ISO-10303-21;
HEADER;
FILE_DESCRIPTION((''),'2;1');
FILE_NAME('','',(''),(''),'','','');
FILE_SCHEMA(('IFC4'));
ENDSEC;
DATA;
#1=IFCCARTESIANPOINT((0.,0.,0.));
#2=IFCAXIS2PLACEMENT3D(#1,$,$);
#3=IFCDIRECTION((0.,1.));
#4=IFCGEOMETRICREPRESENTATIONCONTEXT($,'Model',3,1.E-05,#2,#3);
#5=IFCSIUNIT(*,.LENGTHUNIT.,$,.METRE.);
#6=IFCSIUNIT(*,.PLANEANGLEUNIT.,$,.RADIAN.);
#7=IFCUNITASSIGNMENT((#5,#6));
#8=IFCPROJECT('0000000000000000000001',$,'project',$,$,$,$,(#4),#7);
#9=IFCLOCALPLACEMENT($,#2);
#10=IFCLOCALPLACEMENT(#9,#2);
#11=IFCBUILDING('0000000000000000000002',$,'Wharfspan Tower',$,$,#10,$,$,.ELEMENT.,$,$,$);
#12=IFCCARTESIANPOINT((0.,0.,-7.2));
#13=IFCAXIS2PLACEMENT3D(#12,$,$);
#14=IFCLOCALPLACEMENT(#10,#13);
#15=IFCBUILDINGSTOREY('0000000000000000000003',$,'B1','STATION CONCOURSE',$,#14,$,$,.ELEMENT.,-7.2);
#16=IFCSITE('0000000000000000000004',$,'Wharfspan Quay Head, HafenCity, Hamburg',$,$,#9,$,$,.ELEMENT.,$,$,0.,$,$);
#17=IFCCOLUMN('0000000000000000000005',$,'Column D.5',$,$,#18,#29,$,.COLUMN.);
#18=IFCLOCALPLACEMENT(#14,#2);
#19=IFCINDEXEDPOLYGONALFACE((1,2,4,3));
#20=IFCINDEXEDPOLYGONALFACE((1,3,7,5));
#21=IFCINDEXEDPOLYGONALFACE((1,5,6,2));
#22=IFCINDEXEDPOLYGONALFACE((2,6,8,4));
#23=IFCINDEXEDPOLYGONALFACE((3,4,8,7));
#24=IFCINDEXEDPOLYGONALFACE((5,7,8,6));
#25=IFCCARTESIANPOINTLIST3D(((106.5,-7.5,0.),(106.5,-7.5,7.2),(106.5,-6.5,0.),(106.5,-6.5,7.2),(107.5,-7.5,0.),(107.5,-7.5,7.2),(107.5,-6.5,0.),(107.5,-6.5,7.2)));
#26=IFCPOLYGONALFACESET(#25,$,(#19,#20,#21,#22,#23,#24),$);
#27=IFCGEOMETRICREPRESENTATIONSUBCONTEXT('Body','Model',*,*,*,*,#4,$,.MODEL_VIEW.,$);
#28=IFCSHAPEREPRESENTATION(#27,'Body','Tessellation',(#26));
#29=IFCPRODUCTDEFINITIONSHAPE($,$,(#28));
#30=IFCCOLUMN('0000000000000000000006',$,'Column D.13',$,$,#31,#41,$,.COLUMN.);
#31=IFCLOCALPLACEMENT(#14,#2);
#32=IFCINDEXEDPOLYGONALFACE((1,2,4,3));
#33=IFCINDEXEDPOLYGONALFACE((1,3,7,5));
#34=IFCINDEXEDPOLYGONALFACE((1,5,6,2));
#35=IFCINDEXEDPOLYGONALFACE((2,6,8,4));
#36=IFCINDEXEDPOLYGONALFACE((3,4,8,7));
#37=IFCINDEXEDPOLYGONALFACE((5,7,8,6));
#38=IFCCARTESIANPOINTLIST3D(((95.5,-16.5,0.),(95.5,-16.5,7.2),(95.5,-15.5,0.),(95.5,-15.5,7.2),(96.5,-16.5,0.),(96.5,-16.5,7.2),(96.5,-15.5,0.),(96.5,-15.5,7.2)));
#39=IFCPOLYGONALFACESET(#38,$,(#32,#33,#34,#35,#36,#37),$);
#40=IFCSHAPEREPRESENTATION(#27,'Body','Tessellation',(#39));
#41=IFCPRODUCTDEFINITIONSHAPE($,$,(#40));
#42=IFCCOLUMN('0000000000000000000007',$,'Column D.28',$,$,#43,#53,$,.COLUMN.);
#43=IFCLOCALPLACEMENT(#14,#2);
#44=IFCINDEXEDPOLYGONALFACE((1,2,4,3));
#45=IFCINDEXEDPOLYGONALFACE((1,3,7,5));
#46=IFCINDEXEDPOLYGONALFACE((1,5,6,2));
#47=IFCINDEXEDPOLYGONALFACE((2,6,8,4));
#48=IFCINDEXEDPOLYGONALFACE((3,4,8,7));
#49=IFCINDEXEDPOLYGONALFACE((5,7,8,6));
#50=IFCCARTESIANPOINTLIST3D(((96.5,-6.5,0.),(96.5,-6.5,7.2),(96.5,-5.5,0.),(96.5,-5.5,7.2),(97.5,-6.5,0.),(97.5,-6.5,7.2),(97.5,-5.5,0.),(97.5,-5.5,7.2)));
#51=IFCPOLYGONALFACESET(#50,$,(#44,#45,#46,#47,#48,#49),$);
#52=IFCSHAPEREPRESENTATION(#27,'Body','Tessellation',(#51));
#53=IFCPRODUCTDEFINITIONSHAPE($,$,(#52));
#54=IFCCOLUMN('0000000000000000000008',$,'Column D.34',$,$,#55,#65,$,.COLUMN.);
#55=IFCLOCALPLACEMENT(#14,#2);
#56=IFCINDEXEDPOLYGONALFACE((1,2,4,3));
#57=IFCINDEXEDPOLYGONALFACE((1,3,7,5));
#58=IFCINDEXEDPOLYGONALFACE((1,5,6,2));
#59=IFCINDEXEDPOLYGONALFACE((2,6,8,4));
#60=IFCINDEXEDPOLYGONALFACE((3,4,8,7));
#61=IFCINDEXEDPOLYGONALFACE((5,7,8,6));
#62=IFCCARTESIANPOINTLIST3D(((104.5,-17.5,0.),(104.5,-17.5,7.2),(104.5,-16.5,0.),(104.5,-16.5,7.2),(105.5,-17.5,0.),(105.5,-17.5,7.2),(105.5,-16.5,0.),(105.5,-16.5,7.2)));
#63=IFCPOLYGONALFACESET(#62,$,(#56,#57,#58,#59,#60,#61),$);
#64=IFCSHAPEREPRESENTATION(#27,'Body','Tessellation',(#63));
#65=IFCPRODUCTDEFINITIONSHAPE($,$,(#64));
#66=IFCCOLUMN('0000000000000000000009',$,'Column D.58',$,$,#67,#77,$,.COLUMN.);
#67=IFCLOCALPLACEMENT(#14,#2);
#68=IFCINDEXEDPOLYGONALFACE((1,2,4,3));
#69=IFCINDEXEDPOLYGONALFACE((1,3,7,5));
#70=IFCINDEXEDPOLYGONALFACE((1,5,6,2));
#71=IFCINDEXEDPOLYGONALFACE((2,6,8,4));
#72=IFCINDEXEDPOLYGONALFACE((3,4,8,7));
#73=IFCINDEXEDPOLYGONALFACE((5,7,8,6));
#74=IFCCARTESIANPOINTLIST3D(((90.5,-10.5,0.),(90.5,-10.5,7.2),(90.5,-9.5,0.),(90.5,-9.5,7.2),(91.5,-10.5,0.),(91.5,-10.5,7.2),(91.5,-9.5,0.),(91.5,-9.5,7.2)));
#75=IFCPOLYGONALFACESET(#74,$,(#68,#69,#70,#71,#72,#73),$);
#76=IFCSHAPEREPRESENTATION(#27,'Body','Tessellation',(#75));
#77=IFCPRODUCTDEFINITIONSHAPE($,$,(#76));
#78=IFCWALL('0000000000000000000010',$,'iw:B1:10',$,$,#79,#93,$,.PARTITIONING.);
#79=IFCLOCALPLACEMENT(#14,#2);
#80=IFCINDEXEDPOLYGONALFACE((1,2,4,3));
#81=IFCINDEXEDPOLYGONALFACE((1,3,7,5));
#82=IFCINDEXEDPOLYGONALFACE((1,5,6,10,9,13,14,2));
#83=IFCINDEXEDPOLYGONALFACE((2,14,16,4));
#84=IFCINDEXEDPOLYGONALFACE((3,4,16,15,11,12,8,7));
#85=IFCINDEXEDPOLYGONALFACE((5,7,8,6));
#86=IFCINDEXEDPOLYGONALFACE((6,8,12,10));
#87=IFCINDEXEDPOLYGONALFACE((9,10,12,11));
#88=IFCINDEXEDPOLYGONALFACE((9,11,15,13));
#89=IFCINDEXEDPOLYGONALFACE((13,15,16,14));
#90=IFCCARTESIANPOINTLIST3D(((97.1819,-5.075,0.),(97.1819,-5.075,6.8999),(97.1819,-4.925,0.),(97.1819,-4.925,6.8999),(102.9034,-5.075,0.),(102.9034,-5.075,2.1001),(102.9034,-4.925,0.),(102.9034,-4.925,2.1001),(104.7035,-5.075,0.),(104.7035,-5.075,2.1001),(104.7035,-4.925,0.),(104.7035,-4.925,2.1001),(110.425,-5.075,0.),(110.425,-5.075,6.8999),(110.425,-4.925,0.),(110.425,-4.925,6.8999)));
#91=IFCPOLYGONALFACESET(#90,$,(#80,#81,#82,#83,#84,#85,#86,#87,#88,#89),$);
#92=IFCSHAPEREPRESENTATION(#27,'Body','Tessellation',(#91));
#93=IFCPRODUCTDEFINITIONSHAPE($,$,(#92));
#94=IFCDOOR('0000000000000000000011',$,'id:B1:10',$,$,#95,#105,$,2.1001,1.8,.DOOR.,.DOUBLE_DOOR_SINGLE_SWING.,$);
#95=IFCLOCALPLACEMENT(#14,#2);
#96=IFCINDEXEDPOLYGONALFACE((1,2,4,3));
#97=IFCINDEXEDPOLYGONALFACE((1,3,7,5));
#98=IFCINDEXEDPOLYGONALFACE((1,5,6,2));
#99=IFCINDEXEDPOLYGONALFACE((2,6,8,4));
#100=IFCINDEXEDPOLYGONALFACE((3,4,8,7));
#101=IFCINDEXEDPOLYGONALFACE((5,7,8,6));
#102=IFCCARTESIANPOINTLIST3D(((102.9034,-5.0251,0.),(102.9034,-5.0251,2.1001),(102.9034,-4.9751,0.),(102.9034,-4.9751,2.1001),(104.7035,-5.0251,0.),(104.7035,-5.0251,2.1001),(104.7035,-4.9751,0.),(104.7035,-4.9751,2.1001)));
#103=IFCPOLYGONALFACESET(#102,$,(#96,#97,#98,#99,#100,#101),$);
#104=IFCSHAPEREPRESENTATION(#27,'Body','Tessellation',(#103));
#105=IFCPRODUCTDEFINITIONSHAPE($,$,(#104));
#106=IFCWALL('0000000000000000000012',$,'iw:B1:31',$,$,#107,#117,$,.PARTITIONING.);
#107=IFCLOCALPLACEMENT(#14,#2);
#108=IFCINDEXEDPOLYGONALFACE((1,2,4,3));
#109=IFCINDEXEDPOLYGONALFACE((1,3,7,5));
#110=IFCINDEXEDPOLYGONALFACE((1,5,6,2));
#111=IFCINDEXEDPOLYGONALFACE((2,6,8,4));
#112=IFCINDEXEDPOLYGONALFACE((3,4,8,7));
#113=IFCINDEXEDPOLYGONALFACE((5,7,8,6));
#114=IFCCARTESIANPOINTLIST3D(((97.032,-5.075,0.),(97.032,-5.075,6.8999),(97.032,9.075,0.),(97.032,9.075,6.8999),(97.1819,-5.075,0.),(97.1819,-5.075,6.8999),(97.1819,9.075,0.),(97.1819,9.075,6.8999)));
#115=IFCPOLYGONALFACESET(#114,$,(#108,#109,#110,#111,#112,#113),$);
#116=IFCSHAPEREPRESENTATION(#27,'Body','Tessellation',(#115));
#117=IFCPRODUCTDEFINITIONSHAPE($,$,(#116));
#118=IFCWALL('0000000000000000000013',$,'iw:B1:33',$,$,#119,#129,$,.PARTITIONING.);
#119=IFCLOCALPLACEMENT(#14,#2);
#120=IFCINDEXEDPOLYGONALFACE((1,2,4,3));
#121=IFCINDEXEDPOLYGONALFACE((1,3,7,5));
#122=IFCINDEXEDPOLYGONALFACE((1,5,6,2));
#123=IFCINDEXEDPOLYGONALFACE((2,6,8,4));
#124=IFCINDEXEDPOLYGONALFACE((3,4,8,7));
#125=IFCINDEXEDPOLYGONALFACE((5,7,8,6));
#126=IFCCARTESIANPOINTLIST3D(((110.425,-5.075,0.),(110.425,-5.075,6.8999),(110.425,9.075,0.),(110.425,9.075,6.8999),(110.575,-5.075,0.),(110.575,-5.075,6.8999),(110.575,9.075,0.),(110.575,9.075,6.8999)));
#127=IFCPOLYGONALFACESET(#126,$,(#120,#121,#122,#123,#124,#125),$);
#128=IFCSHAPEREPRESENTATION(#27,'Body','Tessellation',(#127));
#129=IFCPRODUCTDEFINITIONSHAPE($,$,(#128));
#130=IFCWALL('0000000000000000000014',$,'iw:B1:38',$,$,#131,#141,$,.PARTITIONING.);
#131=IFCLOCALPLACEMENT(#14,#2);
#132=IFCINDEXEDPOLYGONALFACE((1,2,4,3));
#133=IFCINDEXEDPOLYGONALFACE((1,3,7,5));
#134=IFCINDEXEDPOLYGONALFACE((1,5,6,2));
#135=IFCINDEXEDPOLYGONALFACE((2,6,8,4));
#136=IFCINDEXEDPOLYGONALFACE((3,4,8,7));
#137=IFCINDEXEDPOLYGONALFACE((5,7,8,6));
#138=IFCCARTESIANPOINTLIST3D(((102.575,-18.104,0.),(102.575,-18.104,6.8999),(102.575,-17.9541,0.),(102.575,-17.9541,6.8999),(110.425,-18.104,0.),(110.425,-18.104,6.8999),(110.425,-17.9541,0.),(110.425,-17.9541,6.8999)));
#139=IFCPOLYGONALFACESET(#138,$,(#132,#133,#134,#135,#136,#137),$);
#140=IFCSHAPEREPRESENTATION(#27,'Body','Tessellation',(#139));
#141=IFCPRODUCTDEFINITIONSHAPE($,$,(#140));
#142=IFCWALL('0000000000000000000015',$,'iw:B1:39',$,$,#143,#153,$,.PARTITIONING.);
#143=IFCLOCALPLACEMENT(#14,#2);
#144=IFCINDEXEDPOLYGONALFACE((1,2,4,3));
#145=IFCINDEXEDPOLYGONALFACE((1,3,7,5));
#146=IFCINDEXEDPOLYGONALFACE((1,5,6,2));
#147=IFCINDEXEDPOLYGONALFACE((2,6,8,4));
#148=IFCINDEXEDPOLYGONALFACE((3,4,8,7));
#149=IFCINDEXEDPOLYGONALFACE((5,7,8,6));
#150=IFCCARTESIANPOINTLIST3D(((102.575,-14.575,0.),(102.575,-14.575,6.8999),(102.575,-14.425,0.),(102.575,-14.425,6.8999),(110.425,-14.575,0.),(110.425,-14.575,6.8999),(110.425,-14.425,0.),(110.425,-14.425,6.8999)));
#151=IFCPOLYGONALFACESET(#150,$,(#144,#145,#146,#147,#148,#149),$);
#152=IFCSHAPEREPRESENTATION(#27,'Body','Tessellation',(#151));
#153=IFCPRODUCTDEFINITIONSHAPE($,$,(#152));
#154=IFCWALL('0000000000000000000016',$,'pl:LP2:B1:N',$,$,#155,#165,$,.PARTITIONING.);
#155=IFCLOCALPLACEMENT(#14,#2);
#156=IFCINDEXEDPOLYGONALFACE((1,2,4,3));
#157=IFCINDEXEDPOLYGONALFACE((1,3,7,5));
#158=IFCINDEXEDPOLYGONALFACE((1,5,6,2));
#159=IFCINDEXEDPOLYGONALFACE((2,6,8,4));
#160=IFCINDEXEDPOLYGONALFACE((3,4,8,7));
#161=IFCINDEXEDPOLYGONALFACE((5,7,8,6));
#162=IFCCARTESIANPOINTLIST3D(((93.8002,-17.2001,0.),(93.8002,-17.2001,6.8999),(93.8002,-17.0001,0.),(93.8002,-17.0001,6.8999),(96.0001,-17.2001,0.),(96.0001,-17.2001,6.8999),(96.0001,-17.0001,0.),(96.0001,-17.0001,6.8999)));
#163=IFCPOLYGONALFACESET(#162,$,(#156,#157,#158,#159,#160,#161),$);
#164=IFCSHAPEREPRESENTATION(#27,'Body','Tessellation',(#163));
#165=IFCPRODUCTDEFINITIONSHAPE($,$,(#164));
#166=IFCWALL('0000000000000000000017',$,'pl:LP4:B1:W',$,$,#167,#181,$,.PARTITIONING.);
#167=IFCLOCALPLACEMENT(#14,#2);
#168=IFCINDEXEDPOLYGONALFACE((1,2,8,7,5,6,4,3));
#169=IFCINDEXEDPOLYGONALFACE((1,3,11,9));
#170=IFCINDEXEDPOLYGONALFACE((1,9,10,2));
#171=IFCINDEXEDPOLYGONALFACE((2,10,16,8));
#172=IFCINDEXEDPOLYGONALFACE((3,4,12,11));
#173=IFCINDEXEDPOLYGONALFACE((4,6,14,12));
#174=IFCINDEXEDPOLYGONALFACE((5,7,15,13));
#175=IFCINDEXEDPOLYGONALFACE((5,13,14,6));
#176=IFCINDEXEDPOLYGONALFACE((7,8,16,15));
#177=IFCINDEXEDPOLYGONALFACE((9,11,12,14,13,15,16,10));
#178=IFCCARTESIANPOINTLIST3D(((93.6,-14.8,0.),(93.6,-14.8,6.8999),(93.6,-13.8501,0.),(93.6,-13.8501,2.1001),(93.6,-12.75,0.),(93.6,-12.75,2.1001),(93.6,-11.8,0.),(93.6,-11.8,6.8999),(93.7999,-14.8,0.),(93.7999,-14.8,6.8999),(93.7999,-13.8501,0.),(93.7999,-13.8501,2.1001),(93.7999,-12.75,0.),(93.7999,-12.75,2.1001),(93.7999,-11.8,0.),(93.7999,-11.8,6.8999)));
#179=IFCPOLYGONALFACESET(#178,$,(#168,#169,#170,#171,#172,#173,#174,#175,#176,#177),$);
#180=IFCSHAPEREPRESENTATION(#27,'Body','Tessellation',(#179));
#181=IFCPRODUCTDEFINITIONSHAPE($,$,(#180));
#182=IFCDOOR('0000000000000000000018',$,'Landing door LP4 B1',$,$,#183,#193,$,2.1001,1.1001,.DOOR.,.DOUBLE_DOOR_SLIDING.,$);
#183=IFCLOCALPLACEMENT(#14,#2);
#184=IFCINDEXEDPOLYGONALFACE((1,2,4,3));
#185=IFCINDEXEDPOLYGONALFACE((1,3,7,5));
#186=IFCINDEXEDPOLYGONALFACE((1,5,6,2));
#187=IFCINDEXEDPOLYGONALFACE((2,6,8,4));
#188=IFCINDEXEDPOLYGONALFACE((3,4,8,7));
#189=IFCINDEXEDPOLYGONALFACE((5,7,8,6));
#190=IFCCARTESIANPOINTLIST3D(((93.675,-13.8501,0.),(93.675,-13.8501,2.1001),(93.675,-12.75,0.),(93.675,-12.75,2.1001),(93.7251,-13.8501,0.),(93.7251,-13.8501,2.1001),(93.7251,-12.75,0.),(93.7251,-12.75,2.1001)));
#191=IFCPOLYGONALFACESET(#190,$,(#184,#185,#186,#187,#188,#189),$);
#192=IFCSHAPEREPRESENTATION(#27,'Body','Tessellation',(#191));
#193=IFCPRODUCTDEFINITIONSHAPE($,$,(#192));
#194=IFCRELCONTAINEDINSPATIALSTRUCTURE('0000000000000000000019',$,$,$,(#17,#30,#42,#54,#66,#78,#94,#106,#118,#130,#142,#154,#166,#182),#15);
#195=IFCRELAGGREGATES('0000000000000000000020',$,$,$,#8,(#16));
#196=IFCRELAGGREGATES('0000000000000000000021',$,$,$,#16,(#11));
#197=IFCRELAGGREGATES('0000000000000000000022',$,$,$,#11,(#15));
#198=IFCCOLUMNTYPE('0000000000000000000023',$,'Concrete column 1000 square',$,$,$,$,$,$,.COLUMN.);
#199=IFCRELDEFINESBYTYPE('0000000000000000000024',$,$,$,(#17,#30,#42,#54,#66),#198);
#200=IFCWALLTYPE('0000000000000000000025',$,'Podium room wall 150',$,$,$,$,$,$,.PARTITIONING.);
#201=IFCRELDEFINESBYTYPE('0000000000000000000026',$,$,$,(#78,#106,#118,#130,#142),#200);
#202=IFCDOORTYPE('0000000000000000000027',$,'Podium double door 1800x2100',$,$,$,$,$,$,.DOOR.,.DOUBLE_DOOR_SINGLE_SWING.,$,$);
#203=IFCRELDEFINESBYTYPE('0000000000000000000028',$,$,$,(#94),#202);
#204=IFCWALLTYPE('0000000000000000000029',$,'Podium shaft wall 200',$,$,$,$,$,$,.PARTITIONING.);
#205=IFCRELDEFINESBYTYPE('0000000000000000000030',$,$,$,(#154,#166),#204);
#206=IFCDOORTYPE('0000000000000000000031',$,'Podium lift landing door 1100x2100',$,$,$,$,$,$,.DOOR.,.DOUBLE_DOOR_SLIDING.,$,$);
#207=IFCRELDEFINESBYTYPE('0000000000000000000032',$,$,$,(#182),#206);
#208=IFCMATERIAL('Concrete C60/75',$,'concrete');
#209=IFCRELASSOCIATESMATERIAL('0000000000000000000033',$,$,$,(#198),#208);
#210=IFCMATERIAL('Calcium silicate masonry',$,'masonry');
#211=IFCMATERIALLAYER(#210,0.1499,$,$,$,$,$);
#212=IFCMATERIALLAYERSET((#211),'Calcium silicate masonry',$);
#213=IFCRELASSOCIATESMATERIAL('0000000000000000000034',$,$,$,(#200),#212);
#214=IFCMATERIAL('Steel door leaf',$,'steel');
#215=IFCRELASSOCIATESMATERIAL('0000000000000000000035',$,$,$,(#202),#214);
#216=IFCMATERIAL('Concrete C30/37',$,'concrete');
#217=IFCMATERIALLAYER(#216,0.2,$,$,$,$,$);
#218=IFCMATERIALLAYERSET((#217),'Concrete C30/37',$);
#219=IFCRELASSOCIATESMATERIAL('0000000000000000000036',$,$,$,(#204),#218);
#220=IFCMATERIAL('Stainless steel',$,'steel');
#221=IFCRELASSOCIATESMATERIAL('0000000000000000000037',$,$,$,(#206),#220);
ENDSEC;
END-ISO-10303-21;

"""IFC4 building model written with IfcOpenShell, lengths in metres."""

from ifc_helpers import new_model, si_unit, direction, frame, frame_2d, origin, origin_2d, place, context, subcontext, project, spatial, rectangle, extrude, material, layer, layer_set, material_profile, profile_set, type_object, element, fill, save


model = new_model("IFC4")

# Units and contexts
model_context = context("Model", 3, precision=1e-05, world=origin(), true_north=direction((0.0, 1.0)))
body_context = subcontext(model_context, "Body", "Model", "MODEL_VIEW")
ifc_project = project(units=[si_unit("LENGTHUNIT", "METRE"), si_unit("PLANEANGLEUNIT", "RADIAN")], contexts=[model_context])

# Site, building, storey
site_placement = place(None, origin())
site = spatial("IfcSite", under=ifc_project, at=site_placement, Name="Wharfspan Quay Head, HafenCity, Hamburg", CompositionType="ELEMENT", RefElevation=0.0)
building_placement = place(site_placement, origin())
building = spatial("IfcBuilding", under=site, at=building_placement, Name="Wharfspan Tower", CompositionType="ELEMENT")
storey_placement = place(building_placement, frame((0.0, 0.0, -7.2)))
storey = spatial("IfcBuildingStorey", under=building, at=storey_placement, Name="B1", Description="STATION CONCOURSE", CompositionType="ELEMENT", Elevation=-7.2)

# Columns
ifc_material_1 = material(Name="Concrete C60/75", Category="concrete")
ifc_material_profile = material_profile(ifc_material_1, rectangle(XDim=1.0, YDim=1.0, at=origin_2d()))
ifc_profile_set = profile_set([ifc_material_profile], Name="Concrete C60/75")
column_type = type_object("IfcColumnType", Name="Concrete column 1000 square", PredefinedType="COLUMN", material=ifc_profile_set)
for number, where, z_axis, x_axis, name in (
    (1, (107.0, -7.0, 0.0), (0.0, 0.0, 1.0), (1.0, 0.0, 0.0), "Column D.5"),
    (2, (96.0, -16.0, 0.0), (0.0, 0.0, 1.0), (1.0, 0.0, 0.0), "Column D.13"),
    (3, (97.0, -6.0, 0.0), (0.0, 0.0, 1.0), (1.0, 0.0, 0.0), "Column D.28"),
    (4, (105.0, -17.0, 0.0), (0.0, 0.0, 1.0), (1.0, 0.0, 0.0), "Column D.34"),
    (5, (91.0, -10.0, 0.0), (0.0, 0.0, 1.0), (1.0, 0.0, 0.0), "Column D.58"),
):
    element("IfcColumn", number, at=place(storey_placement, frame(where, z_axis=z_axis, x_axis=x_axis)), inside=storey, type_object=column_type, Name=name, PredefinedType="COLUMN", context=body_context, shape_type="SweptSolid", body=[
        extrude(rectangle(XDim=1.0, YDim=1.0, at=origin_2d()), origin(), (0.0, 0.0, 1.0), 7.2),
    ])

# Wall, opening, door
ifc_material_2 = material(Name="Calcium silicate masonry", Category="masonry")
ifc_layer_1 = layer(ifc_material_2, 0.1499)
ifc_layer_set_1 = layer_set([ifc_layer_1], Name="Calcium silicate masonry")
wall_type_1 = type_object("IfcWallType", Name="Podium room wall 150", PredefinedType="PARTITIONING", material=ifc_layer_set_1)
wall_1_placement = place(storey_placement, frame((97.1819, -5.0, 0.0), z_axis=(0.0, 0.0, 1.0), x_axis=(1.0, 0.0, 0.0)))
wall_1 = element("IfcWall", 6, at=wall_1_placement, inside=storey, type_object=wall_type_1, Name="iw:B1:10", PredefinedType="PARTITIONING", context=body_context, shape_type="SweptSolid", body=[
    extrude(rectangle(XDim=13.2432, YDim=0.1499, at=frame_2d((6.6216, 0.0))), origin(), (0.0, 0.0, 1.0), 6.8999),
])
opening_1_placement = place(wall_1_placement, frame((5.7217, 0.0, 0.0)))
opening_1 = element("IfcOpeningElement", 7, at=opening_1_placement, cuts=wall_1, PredefinedType="OPENING", context=body_context, shape_type="SweptSolid", body=[
    extrude(rectangle(XDim=1.8, YDim=2.1001, at=frame_2d((0.8999, 1.05))), frame((0.0, 0.085, 0.0), z_axis=(0.0, -1.0, 0.0), x_axis=(1.0, 0.0, 0.0)), (0.0, 0.0, 1.0), 0.1699),
])
ifc_material_3 = material(Name="Steel door leaf", Category="steel")
door_type_1 = type_object("IfcDoorType", Name="Podium double door 1800x2100", OperationType="DOUBLE_DOOR_SINGLE_SWING", PredefinedType="DOOR", material=ifc_material_3)
door_1_placement = place(opening_1_placement, origin())
door_1 = element("IfcDoor", 8, at=door_1_placement, inside=storey, type_object=door_type_1, Name="id:B1:10", OperationType="DOUBLE_DOOR_SINGLE_SWING", OverallHeight=2.1001, OverallWidth=1.8, PredefinedType="DOOR", context=body_context, shape_type="SweptSolid", body=[
    extrude(rectangle(XDim=1.8, YDim=2.1001, at=frame_2d((0.8999, 1.05))), frame((0.0, 0.0249, 0.0), z_axis=(0.0, -1.0, 0.0), x_axis=(1.0, 0.0, 0.0)), (0.0, 0.0, 1.0), 0.05),
])
fill(opening_1, door_1)

# Walls
for number, where, z_axis, x_axis, name in (
    (9, (97.1069, -5.075, 0.0), (0.0, 0.0, 1.0), (0.0, 1.0, 0.0), "iw:B1:31"),
    (10, (110.5, -5.075, 0.0), (0.0, 0.0, 1.0), (0.0, 1.0, 0.0), "iw:B1:33"),
):
    element("IfcWall", number, at=place(storey_placement, frame(where, z_axis=z_axis, x_axis=x_axis)), inside=storey, type_object=wall_type_1, Name=name, PredefinedType="PARTITIONING", context=body_context, shape_type="SweptSolid", body=[
        extrude(rectangle(XDim=14.1499, YDim=0.1499, at=frame_2d((7.075, 0.0))), origin(), (0.0, 0.0, 1.0), 6.8999),
    ])
for number, where, z_axis, x_axis, name in (
    (11, (102.575, -18.0291, 0.0), (0.0, 0.0, 1.0), (1.0, 0.0, 0.0), "iw:B1:38"),
    (12, (102.575, -14.5, 0.0), (0.0, 0.0, 1.0), (1.0, 0.0, 0.0), "iw:B1:39"),
):
    element("IfcWall", number, at=place(storey_placement, frame(where, z_axis=z_axis, x_axis=x_axis)), inside=storey, type_object=wall_type_1, Name=name, PredefinedType="PARTITIONING", context=body_context, shape_type="SweptSolid", body=[
        extrude(rectangle(XDim=7.8501, YDim=0.1499, at=frame_2d((3.925, 0.0))), origin(), (0.0, 0.0, 1.0), 6.8999),
    ])
ifc_material_4 = material(Name="Concrete C30/37", Category="concrete")
ifc_layer_2 = layer(ifc_material_4, 0.2)
ifc_layer_set_2 = layer_set([ifc_layer_2], Name="Concrete C30/37")
wall_type_2 = type_object("IfcWallType", Name="Podium shaft wall 200", PredefinedType="PARTITIONING", material=ifc_layer_set_2)
wall_2_placement = place(storey_placement, frame((93.8, -17.1001, 0.0), z_axis=(0.0, 0.0, 1.0), x_axis=(1.0, 0.0, 0.0)))
element("IfcWall", 13, at=wall_2_placement, inside=storey, type_object=wall_type_2, Name="pl:LP2:B1:N", PredefinedType="PARTITIONING", context=body_context, shape_type="SweptSolid", body=[
    extrude(rectangle(XDim=2.2, YDim=0.2, at=frame_2d((1.1001, 0.0))), origin(), (0.0, 0.0, 1.0), 6.8999),
])

# Wall, opening, door
wall_3_placement = place(storey_placement, frame((93.7, -14.8, 0.0), z_axis=(0.0, 0.0, 1.0), x_axis=(0.0, 1.0, 0.0)))
wall_3 = element("IfcWall", 14, at=wall_3_placement, inside=storey, type_object=wall_type_2, Name="pl:LP4:B1:W", PredefinedType="PARTITIONING", context=body_context, shape_type="SweptSolid", body=[
    extrude(rectangle(XDim=3.0, YDim=0.2, at=frame_2d((1.5, 0.0))), origin(), (0.0, 0.0, 1.0), 6.8999),
])
opening_2_placement = place(wall_3_placement, frame((0.95, 0.0, 0.0)))
opening_2 = element("IfcOpeningElement", 15, at=opening_2_placement, cuts=wall_3, PredefinedType="OPENING", context=body_context, shape_type="SweptSolid", body=[
    extrude(rectangle(XDim=1.1001, YDim=2.1001, at=frame_2d((0.55, 1.05))), frame((0.0, 0.1099, 0.0), z_axis=(0.0, -1.0, 0.0), x_axis=(1.0, 0.0, 0.0)), (0.0, 0.0, 1.0), 0.22),
])
ifc_material_5 = material(Name="Stainless steel", Category="steel")
door_type_2 = type_object("IfcDoorType", Name="Podium lift landing door 1100x2100", OperationType="DOUBLE_DOOR_SLIDING", PredefinedType="DOOR", material=ifc_material_5)
door_2_placement = place(opening_2_placement, origin())
door_2 = element("IfcDoor", 16, at=door_2_placement, inside=storey, type_object=door_type_2, Name="Landing door LP4 B1", OperationType="DOUBLE_DOOR_SLIDING", OverallHeight=2.1001, OverallWidth=1.1001, PredefinedType="DOOR", context=body_context, shape_type="SweptSolid", body=[
    extrude(rectangle(XDim=1.1001, YDim=2.1001, at=frame_2d((0.55, 1.05))), frame((0.0, 0.0249, 0.0), z_axis=(0.0, -1.0, 0.0), x_axis=(1.0, 0.0, 0.0)), (0.0, 0.0, 1.0), 0.05),
])
fill(opening_2, door_2)

save(model, "model.ifc")
